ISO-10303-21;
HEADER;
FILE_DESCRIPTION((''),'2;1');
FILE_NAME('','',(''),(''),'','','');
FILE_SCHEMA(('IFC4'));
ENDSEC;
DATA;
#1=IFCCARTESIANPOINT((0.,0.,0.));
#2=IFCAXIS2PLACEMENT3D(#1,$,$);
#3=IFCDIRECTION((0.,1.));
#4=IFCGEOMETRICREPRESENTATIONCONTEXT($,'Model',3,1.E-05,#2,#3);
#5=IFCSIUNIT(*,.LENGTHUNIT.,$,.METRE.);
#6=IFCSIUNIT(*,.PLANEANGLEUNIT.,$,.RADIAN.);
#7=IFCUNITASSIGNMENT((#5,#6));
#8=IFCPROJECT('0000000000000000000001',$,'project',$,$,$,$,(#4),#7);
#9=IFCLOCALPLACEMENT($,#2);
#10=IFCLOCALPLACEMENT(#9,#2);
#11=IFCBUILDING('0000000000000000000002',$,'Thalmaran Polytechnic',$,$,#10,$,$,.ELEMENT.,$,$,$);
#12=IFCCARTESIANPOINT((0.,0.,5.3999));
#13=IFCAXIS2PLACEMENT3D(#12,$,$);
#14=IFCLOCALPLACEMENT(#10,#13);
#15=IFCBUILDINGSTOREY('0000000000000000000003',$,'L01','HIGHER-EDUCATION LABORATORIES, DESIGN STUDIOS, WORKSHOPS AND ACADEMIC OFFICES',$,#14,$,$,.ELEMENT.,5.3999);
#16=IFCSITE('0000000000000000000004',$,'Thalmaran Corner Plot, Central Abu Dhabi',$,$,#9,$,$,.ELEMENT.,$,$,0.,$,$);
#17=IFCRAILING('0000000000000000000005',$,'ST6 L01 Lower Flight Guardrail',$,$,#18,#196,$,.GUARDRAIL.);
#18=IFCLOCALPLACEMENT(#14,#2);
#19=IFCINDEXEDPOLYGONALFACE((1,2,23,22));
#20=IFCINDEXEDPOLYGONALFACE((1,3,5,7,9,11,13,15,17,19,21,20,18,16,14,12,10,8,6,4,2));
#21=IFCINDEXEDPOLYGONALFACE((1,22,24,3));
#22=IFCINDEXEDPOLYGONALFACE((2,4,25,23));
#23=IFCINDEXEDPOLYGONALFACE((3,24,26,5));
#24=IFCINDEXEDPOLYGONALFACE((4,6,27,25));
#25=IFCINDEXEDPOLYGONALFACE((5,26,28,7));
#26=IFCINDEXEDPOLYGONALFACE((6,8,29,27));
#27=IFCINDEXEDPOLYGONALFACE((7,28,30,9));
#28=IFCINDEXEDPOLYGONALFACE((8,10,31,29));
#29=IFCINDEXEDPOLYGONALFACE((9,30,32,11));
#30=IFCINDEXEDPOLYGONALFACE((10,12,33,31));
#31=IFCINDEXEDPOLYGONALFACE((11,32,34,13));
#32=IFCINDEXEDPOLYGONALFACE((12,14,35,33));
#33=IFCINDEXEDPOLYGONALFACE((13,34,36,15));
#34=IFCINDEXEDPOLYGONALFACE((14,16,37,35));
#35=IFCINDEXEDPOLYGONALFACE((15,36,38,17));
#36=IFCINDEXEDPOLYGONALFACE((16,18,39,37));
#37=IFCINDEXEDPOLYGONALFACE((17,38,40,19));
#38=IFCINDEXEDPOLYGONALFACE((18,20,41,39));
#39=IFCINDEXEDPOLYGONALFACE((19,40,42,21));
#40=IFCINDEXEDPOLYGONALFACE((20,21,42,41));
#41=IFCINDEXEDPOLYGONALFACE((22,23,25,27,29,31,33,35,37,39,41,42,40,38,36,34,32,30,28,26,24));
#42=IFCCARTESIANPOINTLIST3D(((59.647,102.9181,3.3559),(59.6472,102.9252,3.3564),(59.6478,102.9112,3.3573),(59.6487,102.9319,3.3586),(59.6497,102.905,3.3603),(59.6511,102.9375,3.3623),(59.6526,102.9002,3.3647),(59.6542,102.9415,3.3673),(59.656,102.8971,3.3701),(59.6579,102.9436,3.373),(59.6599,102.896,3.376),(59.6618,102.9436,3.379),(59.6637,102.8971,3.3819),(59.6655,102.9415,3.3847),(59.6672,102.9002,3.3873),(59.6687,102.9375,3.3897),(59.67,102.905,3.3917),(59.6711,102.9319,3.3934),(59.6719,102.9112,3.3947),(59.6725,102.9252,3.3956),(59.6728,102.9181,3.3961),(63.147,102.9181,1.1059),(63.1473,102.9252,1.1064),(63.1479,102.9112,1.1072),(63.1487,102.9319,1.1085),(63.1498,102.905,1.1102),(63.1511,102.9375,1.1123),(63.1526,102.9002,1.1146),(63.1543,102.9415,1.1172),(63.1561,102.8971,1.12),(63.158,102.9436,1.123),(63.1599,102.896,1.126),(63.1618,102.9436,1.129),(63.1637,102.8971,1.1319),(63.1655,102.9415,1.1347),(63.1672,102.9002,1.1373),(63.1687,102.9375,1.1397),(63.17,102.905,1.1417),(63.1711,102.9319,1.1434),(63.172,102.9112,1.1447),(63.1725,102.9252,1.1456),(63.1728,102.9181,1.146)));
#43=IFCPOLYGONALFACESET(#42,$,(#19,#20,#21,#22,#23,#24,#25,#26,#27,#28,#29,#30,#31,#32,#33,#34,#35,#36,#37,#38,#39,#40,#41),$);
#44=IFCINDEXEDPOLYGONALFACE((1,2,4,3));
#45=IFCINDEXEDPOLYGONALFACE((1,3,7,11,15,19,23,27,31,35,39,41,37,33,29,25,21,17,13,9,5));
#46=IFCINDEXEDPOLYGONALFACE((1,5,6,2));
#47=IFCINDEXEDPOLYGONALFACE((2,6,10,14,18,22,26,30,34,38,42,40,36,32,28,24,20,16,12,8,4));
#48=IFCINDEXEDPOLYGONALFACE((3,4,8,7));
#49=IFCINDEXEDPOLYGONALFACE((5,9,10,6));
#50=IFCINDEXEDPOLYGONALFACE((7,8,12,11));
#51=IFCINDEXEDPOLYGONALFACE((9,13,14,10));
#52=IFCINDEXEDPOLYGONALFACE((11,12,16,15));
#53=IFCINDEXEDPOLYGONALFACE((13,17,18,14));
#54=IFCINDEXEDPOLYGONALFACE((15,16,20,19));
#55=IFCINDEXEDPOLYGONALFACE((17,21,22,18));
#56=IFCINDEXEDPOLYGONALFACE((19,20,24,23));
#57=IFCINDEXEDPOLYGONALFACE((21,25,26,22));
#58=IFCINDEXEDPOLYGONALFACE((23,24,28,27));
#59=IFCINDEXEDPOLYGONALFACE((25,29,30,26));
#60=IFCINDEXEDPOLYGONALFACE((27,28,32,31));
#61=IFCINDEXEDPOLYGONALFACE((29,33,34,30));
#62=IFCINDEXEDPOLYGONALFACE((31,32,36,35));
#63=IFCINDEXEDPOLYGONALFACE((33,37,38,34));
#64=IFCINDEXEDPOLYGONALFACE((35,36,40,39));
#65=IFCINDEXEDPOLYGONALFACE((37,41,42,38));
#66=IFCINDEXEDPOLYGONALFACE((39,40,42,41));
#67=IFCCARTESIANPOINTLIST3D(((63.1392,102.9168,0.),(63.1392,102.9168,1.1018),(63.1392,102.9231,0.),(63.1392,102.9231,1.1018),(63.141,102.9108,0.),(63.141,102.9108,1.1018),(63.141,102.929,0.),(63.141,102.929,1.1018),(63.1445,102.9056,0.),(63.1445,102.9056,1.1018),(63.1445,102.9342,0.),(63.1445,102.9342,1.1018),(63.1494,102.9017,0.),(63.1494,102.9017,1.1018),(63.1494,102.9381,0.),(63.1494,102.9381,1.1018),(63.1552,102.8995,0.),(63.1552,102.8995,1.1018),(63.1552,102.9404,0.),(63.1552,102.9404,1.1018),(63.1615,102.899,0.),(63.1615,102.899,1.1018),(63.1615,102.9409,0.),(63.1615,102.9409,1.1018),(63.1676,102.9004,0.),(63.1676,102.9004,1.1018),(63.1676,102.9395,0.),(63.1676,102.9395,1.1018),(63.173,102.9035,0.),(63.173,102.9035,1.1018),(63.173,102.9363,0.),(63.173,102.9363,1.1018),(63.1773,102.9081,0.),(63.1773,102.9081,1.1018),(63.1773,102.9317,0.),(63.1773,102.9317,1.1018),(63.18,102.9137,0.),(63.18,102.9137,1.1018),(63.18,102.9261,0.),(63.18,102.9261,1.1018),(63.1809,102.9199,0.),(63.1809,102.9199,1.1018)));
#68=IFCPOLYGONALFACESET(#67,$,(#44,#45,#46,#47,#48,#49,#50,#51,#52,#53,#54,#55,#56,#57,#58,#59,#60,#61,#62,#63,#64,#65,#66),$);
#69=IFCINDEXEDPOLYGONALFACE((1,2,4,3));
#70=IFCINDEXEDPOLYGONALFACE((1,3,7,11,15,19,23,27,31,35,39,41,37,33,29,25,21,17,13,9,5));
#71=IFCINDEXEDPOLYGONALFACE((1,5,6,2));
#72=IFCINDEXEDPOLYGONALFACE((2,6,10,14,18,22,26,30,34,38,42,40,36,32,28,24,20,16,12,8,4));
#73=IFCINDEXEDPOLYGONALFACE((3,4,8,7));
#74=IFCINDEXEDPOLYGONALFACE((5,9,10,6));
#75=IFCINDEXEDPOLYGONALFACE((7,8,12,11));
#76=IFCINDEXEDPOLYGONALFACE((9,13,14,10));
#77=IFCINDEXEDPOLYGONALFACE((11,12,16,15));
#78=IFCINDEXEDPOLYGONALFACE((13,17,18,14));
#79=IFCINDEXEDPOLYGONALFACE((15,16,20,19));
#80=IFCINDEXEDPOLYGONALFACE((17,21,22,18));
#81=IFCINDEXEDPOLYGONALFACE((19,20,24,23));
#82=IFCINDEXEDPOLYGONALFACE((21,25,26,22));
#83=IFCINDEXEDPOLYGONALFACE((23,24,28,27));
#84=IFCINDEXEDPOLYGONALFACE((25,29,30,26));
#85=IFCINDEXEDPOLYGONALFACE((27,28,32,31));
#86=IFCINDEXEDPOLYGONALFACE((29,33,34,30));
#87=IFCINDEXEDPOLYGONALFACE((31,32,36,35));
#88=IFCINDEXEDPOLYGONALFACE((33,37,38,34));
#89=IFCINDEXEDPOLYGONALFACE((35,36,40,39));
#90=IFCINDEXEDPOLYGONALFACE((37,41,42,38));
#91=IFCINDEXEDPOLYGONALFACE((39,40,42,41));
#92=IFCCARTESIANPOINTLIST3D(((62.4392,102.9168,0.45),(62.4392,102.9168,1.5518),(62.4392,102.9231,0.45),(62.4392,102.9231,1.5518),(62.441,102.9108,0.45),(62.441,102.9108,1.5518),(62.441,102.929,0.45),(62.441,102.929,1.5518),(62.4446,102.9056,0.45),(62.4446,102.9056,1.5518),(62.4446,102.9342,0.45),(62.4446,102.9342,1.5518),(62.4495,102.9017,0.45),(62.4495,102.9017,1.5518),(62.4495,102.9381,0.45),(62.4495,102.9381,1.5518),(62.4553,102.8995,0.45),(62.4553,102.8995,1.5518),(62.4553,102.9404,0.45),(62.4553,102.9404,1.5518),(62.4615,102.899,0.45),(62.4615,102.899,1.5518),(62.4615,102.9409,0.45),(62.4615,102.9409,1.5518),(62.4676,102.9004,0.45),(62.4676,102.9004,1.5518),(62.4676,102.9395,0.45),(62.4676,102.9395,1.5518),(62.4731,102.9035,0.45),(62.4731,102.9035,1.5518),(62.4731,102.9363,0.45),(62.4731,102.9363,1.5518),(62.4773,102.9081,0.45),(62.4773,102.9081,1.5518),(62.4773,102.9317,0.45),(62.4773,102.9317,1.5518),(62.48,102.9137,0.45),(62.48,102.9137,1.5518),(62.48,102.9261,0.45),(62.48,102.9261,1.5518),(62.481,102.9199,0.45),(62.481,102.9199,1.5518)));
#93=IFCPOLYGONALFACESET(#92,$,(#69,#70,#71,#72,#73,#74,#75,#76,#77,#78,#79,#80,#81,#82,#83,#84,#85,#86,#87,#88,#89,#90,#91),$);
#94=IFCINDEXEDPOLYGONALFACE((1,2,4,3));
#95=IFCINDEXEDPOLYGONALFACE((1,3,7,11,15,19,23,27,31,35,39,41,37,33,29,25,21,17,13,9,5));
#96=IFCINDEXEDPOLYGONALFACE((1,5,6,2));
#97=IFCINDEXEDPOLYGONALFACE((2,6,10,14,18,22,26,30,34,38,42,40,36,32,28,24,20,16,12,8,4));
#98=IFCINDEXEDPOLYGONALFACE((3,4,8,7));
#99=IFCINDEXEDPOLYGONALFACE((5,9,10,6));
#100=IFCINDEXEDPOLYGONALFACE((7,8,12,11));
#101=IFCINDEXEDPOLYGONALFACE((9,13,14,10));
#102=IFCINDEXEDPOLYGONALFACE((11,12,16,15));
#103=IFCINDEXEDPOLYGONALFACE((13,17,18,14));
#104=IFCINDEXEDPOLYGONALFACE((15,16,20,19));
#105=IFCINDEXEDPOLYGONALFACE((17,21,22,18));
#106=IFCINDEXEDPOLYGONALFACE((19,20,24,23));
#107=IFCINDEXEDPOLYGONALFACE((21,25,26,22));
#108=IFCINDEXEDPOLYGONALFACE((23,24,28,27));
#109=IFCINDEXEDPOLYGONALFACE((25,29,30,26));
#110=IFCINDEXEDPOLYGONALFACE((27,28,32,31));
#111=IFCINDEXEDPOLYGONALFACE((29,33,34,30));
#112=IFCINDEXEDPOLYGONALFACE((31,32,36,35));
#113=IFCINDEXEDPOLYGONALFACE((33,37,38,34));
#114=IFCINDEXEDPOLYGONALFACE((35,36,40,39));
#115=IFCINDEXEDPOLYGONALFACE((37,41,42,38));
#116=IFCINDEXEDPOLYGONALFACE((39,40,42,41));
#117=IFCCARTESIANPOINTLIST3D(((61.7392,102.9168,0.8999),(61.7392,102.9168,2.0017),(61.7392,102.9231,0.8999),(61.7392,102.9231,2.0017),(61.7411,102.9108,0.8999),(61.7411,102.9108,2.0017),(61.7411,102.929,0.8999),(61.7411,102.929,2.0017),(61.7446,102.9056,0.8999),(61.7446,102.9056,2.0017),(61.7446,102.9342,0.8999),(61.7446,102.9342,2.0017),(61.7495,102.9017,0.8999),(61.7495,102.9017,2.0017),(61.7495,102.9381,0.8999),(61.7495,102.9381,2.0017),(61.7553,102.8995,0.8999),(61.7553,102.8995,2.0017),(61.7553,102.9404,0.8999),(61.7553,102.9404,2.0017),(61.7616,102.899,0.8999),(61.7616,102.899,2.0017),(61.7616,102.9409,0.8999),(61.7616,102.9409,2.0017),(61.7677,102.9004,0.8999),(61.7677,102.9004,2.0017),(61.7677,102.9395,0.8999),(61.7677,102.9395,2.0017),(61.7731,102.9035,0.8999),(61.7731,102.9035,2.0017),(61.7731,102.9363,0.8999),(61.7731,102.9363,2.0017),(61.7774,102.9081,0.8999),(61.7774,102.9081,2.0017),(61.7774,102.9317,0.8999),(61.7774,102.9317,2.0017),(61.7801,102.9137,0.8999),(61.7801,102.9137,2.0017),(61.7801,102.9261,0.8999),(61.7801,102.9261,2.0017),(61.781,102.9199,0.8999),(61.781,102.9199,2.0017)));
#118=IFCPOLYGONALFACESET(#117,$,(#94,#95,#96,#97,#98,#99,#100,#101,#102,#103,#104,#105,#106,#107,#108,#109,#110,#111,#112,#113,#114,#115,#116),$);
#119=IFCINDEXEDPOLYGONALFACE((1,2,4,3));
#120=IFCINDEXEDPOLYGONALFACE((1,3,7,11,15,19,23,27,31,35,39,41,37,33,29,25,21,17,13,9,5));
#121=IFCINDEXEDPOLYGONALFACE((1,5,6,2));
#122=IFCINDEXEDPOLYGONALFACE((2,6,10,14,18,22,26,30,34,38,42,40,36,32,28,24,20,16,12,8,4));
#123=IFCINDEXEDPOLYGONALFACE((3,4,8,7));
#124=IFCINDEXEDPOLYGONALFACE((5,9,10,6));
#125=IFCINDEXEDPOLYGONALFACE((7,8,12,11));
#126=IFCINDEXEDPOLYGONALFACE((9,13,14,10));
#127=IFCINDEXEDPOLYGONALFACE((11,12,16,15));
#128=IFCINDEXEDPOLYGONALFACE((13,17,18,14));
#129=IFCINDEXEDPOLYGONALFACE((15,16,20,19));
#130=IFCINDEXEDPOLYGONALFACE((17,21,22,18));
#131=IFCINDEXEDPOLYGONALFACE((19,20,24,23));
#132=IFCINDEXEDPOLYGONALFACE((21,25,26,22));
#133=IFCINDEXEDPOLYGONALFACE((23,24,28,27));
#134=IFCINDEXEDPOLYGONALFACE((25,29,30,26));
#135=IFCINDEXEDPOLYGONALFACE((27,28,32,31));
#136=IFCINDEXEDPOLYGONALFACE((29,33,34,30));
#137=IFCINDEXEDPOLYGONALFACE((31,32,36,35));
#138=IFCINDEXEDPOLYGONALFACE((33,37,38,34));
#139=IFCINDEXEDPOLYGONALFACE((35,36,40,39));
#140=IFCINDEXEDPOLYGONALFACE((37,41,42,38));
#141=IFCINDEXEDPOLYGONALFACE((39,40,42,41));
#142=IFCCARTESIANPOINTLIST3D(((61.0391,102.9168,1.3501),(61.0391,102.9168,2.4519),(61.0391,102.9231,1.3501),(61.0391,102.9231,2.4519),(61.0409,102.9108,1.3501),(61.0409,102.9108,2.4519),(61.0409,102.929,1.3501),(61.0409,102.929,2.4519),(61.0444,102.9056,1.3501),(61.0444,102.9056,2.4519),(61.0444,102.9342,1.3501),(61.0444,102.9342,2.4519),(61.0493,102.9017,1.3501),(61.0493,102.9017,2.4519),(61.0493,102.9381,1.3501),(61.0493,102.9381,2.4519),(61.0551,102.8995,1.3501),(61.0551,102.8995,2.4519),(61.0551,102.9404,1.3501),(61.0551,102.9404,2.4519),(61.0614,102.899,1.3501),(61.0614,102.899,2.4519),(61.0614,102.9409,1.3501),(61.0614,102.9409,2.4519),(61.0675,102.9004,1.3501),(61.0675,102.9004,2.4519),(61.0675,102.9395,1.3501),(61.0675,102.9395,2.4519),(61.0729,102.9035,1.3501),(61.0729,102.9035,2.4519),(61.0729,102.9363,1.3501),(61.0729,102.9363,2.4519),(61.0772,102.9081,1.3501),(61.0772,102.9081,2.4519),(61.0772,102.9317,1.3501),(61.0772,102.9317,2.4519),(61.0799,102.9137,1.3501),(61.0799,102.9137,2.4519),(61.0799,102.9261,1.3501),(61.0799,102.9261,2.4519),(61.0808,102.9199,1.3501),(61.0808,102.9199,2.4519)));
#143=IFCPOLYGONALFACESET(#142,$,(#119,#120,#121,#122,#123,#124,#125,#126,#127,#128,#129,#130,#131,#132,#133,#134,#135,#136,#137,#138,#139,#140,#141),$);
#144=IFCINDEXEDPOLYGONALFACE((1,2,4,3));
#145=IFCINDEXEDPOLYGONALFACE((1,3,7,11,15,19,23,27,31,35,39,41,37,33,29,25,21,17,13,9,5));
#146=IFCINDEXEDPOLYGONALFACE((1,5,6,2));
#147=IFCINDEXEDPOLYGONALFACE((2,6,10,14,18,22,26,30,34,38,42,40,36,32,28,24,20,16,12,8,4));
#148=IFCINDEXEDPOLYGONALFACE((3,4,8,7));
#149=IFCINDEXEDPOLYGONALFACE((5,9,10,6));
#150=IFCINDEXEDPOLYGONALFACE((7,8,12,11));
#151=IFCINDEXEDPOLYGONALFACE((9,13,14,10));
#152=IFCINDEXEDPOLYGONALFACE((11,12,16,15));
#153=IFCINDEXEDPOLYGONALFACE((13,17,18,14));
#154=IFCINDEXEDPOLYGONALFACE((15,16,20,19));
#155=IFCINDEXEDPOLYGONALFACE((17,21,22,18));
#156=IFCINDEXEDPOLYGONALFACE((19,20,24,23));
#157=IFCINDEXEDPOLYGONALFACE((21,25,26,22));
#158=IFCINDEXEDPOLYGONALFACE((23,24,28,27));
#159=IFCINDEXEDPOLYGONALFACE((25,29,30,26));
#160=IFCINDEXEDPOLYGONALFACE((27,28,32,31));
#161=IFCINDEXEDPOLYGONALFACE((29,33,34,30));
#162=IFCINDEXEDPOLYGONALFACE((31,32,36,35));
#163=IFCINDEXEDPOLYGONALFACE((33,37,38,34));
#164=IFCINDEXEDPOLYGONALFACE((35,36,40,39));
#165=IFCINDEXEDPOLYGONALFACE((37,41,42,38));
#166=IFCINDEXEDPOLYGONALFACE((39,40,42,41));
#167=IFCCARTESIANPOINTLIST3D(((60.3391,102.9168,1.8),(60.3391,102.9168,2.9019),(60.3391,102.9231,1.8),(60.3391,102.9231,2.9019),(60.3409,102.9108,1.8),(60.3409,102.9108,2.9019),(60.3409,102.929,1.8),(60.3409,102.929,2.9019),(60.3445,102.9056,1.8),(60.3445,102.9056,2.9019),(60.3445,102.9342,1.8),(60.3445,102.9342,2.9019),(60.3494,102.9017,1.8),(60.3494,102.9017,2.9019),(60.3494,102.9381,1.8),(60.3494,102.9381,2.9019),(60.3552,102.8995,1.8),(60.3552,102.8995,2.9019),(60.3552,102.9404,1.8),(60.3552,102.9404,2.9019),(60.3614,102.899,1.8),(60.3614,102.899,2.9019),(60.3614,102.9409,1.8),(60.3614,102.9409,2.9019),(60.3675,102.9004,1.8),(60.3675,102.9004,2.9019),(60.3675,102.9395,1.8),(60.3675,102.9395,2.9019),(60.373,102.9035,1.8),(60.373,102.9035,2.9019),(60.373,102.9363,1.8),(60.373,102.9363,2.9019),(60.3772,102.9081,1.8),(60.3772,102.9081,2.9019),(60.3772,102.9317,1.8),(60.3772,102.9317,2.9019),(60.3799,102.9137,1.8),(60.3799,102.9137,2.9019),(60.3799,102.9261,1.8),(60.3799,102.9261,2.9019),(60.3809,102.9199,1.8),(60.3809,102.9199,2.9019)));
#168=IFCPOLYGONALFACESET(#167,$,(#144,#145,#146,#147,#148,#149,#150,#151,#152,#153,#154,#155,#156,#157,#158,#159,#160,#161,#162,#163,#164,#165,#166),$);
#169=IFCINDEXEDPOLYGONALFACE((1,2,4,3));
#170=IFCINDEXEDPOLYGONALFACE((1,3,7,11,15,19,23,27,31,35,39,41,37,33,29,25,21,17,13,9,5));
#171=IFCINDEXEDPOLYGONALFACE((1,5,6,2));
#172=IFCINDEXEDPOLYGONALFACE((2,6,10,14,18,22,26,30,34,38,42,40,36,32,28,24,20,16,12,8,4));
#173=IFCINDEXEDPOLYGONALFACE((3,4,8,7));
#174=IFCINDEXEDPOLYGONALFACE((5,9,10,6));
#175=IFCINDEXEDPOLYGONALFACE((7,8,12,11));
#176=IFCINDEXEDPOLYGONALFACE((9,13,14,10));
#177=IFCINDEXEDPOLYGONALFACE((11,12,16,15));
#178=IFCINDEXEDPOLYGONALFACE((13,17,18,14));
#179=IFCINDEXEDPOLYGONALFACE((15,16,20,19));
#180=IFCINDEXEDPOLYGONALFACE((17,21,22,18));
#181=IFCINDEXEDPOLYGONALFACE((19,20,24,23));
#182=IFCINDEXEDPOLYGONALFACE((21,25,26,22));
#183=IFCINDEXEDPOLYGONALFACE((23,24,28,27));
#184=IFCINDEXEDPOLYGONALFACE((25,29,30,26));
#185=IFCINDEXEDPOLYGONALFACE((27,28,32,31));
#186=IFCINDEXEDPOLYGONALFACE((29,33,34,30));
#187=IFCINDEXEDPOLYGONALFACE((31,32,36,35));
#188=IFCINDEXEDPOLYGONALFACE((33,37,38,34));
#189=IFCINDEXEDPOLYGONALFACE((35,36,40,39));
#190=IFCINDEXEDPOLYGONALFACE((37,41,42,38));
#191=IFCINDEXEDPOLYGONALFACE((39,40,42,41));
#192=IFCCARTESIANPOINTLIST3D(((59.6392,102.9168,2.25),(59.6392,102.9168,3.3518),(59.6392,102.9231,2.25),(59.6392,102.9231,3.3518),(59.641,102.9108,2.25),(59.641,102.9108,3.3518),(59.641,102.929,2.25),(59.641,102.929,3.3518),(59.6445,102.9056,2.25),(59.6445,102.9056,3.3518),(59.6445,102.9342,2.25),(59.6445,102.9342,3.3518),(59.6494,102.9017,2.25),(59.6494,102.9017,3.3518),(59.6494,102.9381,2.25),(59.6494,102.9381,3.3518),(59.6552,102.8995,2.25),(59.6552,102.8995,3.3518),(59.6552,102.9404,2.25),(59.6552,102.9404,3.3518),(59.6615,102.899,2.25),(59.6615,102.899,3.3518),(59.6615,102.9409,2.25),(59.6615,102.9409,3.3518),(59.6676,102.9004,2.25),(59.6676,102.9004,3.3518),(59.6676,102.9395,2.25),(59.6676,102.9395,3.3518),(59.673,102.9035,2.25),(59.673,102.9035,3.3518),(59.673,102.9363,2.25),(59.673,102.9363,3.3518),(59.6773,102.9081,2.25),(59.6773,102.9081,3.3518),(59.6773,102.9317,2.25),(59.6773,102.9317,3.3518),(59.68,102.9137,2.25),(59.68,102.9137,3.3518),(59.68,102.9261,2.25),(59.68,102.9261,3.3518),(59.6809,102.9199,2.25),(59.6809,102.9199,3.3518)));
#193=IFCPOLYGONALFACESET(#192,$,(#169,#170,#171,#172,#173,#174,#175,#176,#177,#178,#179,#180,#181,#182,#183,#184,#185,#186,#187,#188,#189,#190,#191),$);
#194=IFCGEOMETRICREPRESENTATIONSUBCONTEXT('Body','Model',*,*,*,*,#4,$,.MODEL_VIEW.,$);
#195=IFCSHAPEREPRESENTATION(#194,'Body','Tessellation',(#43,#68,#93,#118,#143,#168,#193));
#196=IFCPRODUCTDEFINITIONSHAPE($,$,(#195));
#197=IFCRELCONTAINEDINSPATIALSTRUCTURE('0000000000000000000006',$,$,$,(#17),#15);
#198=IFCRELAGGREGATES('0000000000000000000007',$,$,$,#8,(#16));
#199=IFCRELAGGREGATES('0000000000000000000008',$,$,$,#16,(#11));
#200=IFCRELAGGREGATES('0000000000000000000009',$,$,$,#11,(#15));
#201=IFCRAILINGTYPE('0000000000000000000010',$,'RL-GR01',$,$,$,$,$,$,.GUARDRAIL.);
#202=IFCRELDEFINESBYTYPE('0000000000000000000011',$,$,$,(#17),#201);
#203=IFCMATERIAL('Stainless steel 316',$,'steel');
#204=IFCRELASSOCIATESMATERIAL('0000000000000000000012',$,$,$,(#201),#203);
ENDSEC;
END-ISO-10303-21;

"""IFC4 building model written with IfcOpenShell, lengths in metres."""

from ifc_helpers import new_model, si_unit, direction, frame, origin, origin_2d, place, context, subcontext, project, spatial, circle, extrude, material, type_object, element, save


model = new_model("IFC4")

# Units and contexts
model_context = context("Model", 3, precision=1e-05, world=origin(), true_north=direction((0.0, 1.0)))
body_context = subcontext(model_context, "Body", "Model", "MODEL_VIEW")
ifc_project = project(units=[si_unit("LENGTHUNIT", "METRE"), si_unit("PLANEANGLEUNIT", "RADIAN")], contexts=[model_context])

# Site, building, storey
site_placement = place(None, origin())
site = spatial("IfcSite", under=ifc_project, at=site_placement, Name="Thalmaran Corner Plot, Central Abu Dhabi", CompositionType="ELEMENT", RefElevation=0.0)
building_placement = place(site_placement, origin())
building = spatial("IfcBuilding", under=site, at=building_placement, Name="Thalmaran Polytechnic", CompositionType="ELEMENT")
storey_placement = place(building_placement, frame((0.0, 0.0, 5.3999)))
storey = spatial("IfcBuildingStorey", under=building, at=storey_placement, Name="L01", Description="HIGHER-EDUCATION LABORATORIES, DESIGN STUDIOS, WORKSHOPS AND ACADEMIC OFFICES", CompositionType="ELEMENT", Elevation=5.3999)

# Railing
ifc_material_1 = material(Name="Stainless steel 316", Category="steel")
railing_type_1 = type_object("IfcRailingType", Name="RL-GR01", PredefinedType="GUARDRAIL", material=ifc_material_1)
railing_1_placement = place(storey_placement, frame((63.1599, 102.9199, 0.0)))
element("IfcRailing", 1, at=railing_1_placement, inside=storey, type_object=railing_type_1, Name="ST6 L01 Lower Flight Guardrail", PredefinedType="GUARDRAIL", context=body_context, shape_type="SweptSolid", body=[
    extrude(circle(Radius=0.0239, at=origin_2d()), frame((0.0, 0.0, 1.126), z_axis=(-0.841178, 0.0, 0.540758), x_axis=(0.0, -1.0, 0.0)), (0.0, 0.0, 1.0), 4.1609),
    extrude(circle(Radius=0.021, at=origin_2d()), origin(), (0.0, 0.0, 1.0), 1.1018),
    extrude(circle(Radius=0.021, at=origin_2d()), frame((-0.7, 0.0, 0.45)), (0.0, 0.0, 1.0), 1.1018),
    extrude(circle(Radius=0.021, at=origin_2d()), frame((-1.3999, 0.0, 0.8999)), (0.0, 0.0, 1.0), 1.1018),
    extrude(circle(Radius=0.021, at=origin_2d()), frame((-2.1001, 0.0, 1.3501)), (0.0, 0.0, 1.0), 1.1018),
    extrude(circle(Radius=0.021, at=origin_2d()), frame((-2.8, 0.0, 1.8)), (0.0, 0.0, 1.0), 1.1018),
    extrude(circle(Radius=0.021, at=origin_2d()), frame((-3.5, 0.0, 2.25)), (0.0, 0.0, 1.0), 1.1018),
])

save(model, "model.ifc")
